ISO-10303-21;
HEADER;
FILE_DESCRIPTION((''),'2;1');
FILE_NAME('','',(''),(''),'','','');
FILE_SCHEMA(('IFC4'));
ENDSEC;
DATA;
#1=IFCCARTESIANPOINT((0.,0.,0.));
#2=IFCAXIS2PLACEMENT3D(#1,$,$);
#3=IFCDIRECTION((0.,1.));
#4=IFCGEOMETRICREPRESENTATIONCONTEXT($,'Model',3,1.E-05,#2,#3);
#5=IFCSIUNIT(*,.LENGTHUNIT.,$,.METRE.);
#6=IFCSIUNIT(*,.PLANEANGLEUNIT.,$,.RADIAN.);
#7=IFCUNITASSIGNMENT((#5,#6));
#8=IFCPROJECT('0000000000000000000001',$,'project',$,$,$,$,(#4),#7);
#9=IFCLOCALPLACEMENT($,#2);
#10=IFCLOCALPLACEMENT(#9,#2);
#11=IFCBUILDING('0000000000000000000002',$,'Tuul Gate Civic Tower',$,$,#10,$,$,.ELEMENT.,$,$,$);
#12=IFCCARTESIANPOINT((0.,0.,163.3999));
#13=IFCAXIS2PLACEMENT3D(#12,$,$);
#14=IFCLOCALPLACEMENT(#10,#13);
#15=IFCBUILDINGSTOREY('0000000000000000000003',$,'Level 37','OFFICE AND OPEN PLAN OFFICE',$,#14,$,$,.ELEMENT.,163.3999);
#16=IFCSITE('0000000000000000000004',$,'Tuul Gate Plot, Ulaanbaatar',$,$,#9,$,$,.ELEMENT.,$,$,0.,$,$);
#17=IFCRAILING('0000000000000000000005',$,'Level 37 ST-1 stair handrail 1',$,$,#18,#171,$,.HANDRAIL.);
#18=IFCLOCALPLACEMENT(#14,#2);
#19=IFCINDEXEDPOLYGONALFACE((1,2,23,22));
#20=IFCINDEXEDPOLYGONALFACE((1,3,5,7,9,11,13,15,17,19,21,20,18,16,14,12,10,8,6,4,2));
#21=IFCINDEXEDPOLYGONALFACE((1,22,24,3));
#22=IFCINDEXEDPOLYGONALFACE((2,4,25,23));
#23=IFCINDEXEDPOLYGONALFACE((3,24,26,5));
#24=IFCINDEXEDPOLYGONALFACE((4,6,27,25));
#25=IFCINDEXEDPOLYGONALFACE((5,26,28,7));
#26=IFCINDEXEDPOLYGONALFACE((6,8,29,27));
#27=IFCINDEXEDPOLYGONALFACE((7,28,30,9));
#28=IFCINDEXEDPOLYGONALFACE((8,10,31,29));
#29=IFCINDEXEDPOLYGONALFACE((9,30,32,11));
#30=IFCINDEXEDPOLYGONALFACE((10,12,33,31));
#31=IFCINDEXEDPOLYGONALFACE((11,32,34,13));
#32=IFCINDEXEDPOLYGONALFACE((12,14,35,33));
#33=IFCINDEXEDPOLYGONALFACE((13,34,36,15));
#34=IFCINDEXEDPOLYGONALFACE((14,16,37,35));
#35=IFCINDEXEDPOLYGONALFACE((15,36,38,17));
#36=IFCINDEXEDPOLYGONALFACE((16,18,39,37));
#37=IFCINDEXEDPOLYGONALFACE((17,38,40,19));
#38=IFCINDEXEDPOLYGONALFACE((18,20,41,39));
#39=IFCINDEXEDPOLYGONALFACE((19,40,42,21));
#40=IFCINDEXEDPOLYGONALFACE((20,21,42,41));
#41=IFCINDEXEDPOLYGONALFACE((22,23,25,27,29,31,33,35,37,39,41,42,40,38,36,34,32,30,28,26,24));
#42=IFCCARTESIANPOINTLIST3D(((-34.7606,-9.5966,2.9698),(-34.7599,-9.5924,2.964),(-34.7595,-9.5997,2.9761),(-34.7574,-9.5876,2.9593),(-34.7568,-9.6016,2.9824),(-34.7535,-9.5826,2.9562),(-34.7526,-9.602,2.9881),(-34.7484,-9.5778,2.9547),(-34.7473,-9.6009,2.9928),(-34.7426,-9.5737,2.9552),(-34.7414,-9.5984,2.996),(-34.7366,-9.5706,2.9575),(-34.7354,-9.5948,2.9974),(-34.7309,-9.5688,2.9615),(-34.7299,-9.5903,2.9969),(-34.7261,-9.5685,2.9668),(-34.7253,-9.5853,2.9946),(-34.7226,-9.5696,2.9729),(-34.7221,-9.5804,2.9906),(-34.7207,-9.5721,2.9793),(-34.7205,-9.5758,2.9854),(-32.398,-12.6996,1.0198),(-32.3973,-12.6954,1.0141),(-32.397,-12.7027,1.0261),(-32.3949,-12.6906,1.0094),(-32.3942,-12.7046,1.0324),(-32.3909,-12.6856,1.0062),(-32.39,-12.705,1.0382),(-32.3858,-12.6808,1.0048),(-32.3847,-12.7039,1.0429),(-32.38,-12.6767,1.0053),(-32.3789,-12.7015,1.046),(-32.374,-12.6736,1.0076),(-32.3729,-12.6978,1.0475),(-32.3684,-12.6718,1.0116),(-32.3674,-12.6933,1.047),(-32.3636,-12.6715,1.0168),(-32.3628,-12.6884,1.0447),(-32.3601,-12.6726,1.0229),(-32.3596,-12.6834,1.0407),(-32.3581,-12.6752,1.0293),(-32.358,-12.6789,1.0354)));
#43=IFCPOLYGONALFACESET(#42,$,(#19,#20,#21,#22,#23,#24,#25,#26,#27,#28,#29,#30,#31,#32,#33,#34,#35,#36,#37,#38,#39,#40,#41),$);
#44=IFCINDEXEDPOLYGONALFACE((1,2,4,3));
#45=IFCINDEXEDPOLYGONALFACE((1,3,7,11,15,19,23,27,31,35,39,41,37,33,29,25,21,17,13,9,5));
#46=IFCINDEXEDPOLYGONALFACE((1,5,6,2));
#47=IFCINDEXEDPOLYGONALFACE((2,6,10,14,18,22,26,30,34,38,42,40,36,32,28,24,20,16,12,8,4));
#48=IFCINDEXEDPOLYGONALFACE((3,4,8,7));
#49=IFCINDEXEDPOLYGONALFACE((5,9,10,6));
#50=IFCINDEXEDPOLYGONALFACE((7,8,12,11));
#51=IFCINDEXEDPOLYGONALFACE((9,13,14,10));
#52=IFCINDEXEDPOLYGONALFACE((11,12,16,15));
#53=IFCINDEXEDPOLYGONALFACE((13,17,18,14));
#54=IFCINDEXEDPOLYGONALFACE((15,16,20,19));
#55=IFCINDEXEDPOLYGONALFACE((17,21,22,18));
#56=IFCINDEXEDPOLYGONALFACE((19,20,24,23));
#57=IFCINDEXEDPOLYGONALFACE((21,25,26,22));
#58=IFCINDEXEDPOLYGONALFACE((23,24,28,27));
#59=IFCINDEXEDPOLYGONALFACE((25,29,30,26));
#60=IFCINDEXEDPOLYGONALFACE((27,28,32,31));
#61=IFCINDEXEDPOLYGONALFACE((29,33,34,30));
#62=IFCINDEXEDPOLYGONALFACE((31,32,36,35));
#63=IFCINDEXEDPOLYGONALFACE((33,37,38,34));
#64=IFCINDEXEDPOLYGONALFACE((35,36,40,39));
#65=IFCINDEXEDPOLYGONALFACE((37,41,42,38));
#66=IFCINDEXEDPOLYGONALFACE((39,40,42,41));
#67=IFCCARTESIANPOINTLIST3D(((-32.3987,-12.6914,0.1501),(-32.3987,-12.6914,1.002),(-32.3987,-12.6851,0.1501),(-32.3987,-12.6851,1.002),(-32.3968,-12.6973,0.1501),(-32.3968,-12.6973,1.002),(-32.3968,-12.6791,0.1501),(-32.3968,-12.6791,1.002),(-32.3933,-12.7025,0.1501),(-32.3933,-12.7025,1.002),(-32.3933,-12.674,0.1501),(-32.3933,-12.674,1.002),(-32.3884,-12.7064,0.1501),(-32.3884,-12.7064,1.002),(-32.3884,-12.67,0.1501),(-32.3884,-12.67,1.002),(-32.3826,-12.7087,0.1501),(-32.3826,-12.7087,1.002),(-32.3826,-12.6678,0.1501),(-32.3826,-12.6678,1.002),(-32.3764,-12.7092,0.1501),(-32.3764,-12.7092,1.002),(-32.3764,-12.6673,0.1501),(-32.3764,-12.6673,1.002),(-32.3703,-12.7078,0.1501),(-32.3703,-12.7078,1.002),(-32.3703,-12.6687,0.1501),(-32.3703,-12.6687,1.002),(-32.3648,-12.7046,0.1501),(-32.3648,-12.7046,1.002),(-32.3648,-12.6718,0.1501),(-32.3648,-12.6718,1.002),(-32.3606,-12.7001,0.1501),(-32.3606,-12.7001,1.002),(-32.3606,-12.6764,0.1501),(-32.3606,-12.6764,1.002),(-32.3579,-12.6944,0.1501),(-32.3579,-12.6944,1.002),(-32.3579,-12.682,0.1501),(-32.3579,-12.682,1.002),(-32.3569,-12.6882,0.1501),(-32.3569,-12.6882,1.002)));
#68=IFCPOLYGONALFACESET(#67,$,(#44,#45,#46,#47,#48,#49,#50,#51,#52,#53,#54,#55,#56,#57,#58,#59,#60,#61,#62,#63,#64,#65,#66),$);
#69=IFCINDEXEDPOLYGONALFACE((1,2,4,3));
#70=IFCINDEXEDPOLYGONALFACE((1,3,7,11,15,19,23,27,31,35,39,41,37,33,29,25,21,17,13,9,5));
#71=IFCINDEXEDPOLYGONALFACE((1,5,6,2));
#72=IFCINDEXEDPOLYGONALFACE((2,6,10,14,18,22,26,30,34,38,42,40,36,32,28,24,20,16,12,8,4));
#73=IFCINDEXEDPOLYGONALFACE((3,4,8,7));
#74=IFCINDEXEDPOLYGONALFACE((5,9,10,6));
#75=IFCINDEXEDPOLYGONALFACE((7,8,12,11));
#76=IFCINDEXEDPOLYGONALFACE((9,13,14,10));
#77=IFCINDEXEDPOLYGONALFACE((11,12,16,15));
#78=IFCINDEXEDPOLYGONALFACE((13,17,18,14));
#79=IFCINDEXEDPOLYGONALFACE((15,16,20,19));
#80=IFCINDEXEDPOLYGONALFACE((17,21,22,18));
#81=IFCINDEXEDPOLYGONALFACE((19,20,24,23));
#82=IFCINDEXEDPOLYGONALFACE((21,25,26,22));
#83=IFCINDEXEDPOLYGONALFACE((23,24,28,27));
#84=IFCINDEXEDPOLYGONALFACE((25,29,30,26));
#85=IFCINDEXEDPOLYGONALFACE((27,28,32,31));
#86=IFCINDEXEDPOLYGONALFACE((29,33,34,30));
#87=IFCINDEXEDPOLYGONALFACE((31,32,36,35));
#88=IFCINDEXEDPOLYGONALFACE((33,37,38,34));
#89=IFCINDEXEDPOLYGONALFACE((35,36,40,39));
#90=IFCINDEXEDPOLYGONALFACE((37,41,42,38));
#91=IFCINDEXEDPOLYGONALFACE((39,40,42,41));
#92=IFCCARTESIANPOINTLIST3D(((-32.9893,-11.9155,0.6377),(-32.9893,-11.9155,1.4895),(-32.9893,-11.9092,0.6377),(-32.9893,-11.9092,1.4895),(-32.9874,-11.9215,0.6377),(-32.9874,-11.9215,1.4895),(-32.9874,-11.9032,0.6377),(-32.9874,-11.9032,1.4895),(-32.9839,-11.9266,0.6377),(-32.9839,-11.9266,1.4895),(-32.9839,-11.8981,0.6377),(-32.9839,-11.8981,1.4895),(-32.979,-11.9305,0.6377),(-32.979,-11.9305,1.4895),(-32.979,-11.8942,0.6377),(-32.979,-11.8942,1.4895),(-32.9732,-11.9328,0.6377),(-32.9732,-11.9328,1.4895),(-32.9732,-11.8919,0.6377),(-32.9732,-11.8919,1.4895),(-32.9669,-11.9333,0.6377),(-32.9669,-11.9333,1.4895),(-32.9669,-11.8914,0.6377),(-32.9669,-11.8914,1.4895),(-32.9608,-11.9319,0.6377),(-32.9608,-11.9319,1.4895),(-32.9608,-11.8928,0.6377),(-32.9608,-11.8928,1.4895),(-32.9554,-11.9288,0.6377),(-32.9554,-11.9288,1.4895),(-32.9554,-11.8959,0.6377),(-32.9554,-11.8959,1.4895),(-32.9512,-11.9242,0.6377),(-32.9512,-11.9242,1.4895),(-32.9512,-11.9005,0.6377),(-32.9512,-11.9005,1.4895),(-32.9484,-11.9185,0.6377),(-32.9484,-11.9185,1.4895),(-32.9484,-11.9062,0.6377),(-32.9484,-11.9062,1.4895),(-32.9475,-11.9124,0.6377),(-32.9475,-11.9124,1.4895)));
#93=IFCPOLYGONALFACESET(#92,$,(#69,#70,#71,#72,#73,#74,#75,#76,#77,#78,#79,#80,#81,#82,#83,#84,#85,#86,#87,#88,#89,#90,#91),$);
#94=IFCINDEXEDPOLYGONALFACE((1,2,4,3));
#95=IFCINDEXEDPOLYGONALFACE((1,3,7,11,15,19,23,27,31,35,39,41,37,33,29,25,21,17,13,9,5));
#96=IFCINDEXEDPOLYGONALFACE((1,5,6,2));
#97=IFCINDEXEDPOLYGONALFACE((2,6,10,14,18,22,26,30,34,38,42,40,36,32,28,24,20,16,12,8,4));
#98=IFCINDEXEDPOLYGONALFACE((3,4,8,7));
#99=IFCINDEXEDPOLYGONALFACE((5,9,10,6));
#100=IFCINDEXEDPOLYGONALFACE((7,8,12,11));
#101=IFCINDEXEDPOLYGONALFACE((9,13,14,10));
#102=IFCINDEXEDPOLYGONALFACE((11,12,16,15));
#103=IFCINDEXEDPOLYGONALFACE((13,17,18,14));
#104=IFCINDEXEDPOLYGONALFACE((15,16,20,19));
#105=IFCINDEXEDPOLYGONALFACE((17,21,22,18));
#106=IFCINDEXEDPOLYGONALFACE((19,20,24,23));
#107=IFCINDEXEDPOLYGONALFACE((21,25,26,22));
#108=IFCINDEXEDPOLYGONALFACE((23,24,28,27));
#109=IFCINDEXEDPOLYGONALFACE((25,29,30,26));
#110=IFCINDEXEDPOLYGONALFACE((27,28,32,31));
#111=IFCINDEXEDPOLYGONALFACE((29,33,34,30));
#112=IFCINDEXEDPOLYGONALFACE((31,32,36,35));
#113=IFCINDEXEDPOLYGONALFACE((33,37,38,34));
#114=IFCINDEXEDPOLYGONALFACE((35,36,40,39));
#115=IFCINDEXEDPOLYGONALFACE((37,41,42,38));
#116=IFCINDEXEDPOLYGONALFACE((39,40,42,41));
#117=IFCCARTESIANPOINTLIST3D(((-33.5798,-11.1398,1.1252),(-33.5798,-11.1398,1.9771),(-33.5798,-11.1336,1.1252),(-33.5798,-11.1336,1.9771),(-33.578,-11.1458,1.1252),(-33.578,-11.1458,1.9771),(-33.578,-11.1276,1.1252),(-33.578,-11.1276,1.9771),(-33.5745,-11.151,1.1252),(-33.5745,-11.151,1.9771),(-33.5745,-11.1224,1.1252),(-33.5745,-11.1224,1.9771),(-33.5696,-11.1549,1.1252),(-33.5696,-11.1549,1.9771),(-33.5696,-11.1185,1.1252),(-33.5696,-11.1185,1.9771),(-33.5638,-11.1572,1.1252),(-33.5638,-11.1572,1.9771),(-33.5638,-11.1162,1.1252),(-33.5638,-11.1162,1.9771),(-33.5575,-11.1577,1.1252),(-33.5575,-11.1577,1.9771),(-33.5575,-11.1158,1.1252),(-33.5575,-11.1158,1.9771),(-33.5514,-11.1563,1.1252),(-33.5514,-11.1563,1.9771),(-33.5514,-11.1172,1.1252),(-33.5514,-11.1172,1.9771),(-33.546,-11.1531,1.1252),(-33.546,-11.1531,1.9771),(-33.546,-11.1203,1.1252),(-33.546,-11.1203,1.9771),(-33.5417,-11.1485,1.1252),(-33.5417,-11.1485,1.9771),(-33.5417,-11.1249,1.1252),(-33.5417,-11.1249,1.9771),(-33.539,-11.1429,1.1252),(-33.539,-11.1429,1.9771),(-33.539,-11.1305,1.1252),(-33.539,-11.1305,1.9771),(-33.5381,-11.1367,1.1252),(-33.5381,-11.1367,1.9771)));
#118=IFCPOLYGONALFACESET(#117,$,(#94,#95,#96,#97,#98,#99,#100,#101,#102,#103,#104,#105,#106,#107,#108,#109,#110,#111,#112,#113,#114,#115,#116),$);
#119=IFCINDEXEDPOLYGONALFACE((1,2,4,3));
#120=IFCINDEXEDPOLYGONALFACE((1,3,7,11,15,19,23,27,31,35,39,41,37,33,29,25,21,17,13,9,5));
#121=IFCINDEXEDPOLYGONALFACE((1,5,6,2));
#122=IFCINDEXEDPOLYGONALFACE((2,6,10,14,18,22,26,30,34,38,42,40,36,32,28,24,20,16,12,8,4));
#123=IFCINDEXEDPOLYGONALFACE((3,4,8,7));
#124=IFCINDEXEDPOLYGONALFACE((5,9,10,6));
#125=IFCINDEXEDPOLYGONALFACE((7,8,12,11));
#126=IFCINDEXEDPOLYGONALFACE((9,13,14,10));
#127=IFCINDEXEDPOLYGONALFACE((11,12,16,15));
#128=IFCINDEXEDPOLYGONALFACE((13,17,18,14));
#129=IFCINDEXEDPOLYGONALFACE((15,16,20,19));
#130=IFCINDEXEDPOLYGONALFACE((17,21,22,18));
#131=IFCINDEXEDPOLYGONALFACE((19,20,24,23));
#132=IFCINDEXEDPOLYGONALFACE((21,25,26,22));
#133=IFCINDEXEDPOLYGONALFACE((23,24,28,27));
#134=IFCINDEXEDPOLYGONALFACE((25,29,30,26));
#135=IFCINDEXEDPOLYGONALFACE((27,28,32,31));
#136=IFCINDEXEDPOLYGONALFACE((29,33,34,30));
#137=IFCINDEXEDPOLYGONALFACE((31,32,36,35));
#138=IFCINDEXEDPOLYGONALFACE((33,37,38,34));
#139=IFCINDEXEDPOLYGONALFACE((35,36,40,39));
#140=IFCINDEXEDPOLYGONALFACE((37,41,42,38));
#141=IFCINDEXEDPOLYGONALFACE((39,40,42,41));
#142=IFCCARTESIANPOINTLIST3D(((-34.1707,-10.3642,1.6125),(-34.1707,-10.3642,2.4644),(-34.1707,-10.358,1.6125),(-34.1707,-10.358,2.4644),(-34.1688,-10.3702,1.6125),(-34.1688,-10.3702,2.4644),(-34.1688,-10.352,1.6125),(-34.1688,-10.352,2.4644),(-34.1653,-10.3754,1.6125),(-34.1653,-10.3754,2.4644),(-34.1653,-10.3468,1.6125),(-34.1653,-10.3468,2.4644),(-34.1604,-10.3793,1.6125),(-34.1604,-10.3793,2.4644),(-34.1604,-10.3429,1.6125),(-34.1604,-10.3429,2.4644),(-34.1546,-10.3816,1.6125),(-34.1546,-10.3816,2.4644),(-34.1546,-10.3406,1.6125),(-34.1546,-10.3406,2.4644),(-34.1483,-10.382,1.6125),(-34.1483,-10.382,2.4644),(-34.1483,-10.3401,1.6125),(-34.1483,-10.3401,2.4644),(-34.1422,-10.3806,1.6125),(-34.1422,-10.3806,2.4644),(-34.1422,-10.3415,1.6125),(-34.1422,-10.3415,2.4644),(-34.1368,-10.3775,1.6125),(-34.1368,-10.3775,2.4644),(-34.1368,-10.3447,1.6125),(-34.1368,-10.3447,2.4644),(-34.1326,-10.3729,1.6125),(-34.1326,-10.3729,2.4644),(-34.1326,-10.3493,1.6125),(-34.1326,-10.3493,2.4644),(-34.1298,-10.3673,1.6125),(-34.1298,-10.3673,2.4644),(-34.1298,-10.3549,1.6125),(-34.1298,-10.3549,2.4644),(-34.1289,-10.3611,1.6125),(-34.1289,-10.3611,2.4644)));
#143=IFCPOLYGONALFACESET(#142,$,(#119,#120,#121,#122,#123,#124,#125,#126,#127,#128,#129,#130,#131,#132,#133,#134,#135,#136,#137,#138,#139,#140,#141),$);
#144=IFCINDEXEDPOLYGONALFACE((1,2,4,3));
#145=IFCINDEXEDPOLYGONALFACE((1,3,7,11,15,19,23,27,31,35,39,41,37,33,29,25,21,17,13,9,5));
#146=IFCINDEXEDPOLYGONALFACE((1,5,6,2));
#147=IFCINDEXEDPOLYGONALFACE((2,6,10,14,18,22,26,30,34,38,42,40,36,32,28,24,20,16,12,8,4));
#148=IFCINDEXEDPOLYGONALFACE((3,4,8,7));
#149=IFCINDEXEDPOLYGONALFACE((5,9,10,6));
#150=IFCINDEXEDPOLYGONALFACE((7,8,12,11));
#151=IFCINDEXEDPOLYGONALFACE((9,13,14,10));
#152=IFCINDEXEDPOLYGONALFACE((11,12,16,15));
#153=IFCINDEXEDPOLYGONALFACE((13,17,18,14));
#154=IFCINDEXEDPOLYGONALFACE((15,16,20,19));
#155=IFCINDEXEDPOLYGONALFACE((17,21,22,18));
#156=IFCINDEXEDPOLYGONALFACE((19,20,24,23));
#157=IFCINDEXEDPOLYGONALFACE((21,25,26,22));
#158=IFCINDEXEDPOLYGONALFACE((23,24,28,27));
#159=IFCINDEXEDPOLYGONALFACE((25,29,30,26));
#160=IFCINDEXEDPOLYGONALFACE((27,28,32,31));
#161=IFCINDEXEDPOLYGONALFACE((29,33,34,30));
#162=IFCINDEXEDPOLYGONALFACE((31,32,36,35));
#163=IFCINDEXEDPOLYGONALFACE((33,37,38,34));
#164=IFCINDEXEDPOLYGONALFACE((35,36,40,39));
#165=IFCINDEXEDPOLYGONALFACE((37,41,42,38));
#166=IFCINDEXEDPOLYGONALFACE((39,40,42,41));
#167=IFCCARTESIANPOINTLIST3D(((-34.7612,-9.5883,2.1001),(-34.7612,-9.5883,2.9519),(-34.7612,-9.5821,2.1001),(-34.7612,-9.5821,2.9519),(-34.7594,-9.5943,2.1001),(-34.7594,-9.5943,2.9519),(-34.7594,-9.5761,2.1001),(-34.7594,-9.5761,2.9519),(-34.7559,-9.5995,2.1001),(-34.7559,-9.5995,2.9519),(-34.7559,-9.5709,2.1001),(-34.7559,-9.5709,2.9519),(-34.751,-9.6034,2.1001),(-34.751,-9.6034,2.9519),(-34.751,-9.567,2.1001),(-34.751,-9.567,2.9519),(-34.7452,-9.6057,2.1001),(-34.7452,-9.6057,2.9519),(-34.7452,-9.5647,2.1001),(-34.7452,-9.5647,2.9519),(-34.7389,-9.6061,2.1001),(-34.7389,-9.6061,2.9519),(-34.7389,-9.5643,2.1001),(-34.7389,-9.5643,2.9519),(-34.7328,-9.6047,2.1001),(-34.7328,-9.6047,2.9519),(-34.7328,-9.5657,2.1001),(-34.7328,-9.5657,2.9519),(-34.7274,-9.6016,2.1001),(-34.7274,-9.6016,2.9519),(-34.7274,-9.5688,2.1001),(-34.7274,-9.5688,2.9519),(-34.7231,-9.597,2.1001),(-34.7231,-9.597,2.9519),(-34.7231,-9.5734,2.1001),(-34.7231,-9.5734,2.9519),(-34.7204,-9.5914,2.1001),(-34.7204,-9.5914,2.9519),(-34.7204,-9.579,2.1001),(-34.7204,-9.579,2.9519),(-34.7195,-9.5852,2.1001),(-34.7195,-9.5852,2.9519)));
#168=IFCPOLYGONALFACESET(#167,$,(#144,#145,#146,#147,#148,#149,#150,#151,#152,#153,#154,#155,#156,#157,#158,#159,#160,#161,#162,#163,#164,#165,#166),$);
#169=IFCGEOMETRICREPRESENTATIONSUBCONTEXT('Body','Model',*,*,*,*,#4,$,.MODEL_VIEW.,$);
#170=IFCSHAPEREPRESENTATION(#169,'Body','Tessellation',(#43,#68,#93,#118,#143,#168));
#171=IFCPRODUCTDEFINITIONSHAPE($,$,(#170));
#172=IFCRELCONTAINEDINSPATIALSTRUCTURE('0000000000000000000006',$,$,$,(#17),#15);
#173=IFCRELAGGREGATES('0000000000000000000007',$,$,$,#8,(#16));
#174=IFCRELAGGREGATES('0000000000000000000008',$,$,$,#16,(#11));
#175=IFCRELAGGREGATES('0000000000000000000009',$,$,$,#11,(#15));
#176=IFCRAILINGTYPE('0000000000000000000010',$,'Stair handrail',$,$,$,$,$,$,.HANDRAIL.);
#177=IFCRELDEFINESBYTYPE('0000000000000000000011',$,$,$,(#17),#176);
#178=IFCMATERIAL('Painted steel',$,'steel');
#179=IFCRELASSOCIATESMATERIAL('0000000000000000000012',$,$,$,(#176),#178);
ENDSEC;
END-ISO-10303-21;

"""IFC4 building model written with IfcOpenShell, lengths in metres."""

from ifc_helpers import new_model, si_unit, direction, frame, origin, origin_2d, place, context, subcontext, project, spatial, circle, extrude, material, type_object, element, save


model = new_model("IFC4")

# Units and contexts
model_context = context("Model", 3, precision=1e-05, world=origin(), true_north=direction((0.0, 1.0)))
body_context = subcontext(model_context, "Body", "Model", "MODEL_VIEW")
ifc_project = project(units=[si_unit("LENGTHUNIT", "METRE"), si_unit("PLANEANGLEUNIT", "RADIAN")], contexts=[model_context])

# Site, building, storey
site_placement = place(None, origin())
site = spatial("IfcSite", under=ifc_project, at=site_placement, Name="Tuul Gate Plot, Ulaanbaatar", CompositionType="ELEMENT", RefElevation=0.0)
building_placement = place(site_placement, origin())
building = spatial("IfcBuilding", under=site, at=building_placement, Name="Tuul Gate Civic Tower", CompositionType="ELEMENT")
storey_placement = place(building_placement, frame((0.0, 0.0, 163.3999)))
storey = spatial("IfcBuildingStorey", under=building, at=storey_placement, Name="Level 37", Description="OFFICE AND OPEN PLAN OFFICE", CompositionType="ELEMENT", Elevation=163.3999)

# Railing
ifc_material_1 = material(Name="Painted steel", Category="steel")
railing_type_1 = type_object("IfcRailingType", Name="Stair handrail", PredefinedType="HANDRAIL", material=ifc_material_1)
railing_1_placement = place(storey_placement, frame((-32.3779, -12.6882, 0.1501)))
element("IfcRailing", 1, at=railing_1_placement, inside=storey, type_object=railing_type_1, Name="Level 37 ST-1 stair handrail 1", PredefinedType="HANDRAIL", context=body_context, shape_type="SweptSolid", body=[
    extrude(circle(Radius=0.0239, at=origin_2d()), frame((0.0, 0.0, 0.876), z_axis=(-0.541824, 0.711645, 0.4472), x_axis=(-0.795637, -0.605773, 0.0)), (0.0, 0.0, 1.0), 4.3604),
    extrude(circle(Radius=0.021, at=origin_2d()), origin(), (0.0, 0.0, 1.0), 0.8518),
    extrude(circle(Radius=0.021, at=origin_2d()), frame((-0.5906, 0.7759, 0.4875)), (0.0, 0.0, 1.0), 0.8518),
    extrude(circle(Radius=0.021, at=origin_2d()), frame((-1.1812, 1.5515, 0.9751)), (0.0, 0.0, 1.0), 0.8518),
    extrude(circle(Radius=0.021, at=origin_2d()), frame((-1.772, 2.3271, 1.4624)), (0.0, 0.0, 1.0), 0.8518),
    extrude(circle(Radius=0.021, at=origin_2d()), frame((-2.3625, 3.103, 1.95)), (0.0, 0.0, 1.0), 0.8518),
])

save(model, "model.ifc")
